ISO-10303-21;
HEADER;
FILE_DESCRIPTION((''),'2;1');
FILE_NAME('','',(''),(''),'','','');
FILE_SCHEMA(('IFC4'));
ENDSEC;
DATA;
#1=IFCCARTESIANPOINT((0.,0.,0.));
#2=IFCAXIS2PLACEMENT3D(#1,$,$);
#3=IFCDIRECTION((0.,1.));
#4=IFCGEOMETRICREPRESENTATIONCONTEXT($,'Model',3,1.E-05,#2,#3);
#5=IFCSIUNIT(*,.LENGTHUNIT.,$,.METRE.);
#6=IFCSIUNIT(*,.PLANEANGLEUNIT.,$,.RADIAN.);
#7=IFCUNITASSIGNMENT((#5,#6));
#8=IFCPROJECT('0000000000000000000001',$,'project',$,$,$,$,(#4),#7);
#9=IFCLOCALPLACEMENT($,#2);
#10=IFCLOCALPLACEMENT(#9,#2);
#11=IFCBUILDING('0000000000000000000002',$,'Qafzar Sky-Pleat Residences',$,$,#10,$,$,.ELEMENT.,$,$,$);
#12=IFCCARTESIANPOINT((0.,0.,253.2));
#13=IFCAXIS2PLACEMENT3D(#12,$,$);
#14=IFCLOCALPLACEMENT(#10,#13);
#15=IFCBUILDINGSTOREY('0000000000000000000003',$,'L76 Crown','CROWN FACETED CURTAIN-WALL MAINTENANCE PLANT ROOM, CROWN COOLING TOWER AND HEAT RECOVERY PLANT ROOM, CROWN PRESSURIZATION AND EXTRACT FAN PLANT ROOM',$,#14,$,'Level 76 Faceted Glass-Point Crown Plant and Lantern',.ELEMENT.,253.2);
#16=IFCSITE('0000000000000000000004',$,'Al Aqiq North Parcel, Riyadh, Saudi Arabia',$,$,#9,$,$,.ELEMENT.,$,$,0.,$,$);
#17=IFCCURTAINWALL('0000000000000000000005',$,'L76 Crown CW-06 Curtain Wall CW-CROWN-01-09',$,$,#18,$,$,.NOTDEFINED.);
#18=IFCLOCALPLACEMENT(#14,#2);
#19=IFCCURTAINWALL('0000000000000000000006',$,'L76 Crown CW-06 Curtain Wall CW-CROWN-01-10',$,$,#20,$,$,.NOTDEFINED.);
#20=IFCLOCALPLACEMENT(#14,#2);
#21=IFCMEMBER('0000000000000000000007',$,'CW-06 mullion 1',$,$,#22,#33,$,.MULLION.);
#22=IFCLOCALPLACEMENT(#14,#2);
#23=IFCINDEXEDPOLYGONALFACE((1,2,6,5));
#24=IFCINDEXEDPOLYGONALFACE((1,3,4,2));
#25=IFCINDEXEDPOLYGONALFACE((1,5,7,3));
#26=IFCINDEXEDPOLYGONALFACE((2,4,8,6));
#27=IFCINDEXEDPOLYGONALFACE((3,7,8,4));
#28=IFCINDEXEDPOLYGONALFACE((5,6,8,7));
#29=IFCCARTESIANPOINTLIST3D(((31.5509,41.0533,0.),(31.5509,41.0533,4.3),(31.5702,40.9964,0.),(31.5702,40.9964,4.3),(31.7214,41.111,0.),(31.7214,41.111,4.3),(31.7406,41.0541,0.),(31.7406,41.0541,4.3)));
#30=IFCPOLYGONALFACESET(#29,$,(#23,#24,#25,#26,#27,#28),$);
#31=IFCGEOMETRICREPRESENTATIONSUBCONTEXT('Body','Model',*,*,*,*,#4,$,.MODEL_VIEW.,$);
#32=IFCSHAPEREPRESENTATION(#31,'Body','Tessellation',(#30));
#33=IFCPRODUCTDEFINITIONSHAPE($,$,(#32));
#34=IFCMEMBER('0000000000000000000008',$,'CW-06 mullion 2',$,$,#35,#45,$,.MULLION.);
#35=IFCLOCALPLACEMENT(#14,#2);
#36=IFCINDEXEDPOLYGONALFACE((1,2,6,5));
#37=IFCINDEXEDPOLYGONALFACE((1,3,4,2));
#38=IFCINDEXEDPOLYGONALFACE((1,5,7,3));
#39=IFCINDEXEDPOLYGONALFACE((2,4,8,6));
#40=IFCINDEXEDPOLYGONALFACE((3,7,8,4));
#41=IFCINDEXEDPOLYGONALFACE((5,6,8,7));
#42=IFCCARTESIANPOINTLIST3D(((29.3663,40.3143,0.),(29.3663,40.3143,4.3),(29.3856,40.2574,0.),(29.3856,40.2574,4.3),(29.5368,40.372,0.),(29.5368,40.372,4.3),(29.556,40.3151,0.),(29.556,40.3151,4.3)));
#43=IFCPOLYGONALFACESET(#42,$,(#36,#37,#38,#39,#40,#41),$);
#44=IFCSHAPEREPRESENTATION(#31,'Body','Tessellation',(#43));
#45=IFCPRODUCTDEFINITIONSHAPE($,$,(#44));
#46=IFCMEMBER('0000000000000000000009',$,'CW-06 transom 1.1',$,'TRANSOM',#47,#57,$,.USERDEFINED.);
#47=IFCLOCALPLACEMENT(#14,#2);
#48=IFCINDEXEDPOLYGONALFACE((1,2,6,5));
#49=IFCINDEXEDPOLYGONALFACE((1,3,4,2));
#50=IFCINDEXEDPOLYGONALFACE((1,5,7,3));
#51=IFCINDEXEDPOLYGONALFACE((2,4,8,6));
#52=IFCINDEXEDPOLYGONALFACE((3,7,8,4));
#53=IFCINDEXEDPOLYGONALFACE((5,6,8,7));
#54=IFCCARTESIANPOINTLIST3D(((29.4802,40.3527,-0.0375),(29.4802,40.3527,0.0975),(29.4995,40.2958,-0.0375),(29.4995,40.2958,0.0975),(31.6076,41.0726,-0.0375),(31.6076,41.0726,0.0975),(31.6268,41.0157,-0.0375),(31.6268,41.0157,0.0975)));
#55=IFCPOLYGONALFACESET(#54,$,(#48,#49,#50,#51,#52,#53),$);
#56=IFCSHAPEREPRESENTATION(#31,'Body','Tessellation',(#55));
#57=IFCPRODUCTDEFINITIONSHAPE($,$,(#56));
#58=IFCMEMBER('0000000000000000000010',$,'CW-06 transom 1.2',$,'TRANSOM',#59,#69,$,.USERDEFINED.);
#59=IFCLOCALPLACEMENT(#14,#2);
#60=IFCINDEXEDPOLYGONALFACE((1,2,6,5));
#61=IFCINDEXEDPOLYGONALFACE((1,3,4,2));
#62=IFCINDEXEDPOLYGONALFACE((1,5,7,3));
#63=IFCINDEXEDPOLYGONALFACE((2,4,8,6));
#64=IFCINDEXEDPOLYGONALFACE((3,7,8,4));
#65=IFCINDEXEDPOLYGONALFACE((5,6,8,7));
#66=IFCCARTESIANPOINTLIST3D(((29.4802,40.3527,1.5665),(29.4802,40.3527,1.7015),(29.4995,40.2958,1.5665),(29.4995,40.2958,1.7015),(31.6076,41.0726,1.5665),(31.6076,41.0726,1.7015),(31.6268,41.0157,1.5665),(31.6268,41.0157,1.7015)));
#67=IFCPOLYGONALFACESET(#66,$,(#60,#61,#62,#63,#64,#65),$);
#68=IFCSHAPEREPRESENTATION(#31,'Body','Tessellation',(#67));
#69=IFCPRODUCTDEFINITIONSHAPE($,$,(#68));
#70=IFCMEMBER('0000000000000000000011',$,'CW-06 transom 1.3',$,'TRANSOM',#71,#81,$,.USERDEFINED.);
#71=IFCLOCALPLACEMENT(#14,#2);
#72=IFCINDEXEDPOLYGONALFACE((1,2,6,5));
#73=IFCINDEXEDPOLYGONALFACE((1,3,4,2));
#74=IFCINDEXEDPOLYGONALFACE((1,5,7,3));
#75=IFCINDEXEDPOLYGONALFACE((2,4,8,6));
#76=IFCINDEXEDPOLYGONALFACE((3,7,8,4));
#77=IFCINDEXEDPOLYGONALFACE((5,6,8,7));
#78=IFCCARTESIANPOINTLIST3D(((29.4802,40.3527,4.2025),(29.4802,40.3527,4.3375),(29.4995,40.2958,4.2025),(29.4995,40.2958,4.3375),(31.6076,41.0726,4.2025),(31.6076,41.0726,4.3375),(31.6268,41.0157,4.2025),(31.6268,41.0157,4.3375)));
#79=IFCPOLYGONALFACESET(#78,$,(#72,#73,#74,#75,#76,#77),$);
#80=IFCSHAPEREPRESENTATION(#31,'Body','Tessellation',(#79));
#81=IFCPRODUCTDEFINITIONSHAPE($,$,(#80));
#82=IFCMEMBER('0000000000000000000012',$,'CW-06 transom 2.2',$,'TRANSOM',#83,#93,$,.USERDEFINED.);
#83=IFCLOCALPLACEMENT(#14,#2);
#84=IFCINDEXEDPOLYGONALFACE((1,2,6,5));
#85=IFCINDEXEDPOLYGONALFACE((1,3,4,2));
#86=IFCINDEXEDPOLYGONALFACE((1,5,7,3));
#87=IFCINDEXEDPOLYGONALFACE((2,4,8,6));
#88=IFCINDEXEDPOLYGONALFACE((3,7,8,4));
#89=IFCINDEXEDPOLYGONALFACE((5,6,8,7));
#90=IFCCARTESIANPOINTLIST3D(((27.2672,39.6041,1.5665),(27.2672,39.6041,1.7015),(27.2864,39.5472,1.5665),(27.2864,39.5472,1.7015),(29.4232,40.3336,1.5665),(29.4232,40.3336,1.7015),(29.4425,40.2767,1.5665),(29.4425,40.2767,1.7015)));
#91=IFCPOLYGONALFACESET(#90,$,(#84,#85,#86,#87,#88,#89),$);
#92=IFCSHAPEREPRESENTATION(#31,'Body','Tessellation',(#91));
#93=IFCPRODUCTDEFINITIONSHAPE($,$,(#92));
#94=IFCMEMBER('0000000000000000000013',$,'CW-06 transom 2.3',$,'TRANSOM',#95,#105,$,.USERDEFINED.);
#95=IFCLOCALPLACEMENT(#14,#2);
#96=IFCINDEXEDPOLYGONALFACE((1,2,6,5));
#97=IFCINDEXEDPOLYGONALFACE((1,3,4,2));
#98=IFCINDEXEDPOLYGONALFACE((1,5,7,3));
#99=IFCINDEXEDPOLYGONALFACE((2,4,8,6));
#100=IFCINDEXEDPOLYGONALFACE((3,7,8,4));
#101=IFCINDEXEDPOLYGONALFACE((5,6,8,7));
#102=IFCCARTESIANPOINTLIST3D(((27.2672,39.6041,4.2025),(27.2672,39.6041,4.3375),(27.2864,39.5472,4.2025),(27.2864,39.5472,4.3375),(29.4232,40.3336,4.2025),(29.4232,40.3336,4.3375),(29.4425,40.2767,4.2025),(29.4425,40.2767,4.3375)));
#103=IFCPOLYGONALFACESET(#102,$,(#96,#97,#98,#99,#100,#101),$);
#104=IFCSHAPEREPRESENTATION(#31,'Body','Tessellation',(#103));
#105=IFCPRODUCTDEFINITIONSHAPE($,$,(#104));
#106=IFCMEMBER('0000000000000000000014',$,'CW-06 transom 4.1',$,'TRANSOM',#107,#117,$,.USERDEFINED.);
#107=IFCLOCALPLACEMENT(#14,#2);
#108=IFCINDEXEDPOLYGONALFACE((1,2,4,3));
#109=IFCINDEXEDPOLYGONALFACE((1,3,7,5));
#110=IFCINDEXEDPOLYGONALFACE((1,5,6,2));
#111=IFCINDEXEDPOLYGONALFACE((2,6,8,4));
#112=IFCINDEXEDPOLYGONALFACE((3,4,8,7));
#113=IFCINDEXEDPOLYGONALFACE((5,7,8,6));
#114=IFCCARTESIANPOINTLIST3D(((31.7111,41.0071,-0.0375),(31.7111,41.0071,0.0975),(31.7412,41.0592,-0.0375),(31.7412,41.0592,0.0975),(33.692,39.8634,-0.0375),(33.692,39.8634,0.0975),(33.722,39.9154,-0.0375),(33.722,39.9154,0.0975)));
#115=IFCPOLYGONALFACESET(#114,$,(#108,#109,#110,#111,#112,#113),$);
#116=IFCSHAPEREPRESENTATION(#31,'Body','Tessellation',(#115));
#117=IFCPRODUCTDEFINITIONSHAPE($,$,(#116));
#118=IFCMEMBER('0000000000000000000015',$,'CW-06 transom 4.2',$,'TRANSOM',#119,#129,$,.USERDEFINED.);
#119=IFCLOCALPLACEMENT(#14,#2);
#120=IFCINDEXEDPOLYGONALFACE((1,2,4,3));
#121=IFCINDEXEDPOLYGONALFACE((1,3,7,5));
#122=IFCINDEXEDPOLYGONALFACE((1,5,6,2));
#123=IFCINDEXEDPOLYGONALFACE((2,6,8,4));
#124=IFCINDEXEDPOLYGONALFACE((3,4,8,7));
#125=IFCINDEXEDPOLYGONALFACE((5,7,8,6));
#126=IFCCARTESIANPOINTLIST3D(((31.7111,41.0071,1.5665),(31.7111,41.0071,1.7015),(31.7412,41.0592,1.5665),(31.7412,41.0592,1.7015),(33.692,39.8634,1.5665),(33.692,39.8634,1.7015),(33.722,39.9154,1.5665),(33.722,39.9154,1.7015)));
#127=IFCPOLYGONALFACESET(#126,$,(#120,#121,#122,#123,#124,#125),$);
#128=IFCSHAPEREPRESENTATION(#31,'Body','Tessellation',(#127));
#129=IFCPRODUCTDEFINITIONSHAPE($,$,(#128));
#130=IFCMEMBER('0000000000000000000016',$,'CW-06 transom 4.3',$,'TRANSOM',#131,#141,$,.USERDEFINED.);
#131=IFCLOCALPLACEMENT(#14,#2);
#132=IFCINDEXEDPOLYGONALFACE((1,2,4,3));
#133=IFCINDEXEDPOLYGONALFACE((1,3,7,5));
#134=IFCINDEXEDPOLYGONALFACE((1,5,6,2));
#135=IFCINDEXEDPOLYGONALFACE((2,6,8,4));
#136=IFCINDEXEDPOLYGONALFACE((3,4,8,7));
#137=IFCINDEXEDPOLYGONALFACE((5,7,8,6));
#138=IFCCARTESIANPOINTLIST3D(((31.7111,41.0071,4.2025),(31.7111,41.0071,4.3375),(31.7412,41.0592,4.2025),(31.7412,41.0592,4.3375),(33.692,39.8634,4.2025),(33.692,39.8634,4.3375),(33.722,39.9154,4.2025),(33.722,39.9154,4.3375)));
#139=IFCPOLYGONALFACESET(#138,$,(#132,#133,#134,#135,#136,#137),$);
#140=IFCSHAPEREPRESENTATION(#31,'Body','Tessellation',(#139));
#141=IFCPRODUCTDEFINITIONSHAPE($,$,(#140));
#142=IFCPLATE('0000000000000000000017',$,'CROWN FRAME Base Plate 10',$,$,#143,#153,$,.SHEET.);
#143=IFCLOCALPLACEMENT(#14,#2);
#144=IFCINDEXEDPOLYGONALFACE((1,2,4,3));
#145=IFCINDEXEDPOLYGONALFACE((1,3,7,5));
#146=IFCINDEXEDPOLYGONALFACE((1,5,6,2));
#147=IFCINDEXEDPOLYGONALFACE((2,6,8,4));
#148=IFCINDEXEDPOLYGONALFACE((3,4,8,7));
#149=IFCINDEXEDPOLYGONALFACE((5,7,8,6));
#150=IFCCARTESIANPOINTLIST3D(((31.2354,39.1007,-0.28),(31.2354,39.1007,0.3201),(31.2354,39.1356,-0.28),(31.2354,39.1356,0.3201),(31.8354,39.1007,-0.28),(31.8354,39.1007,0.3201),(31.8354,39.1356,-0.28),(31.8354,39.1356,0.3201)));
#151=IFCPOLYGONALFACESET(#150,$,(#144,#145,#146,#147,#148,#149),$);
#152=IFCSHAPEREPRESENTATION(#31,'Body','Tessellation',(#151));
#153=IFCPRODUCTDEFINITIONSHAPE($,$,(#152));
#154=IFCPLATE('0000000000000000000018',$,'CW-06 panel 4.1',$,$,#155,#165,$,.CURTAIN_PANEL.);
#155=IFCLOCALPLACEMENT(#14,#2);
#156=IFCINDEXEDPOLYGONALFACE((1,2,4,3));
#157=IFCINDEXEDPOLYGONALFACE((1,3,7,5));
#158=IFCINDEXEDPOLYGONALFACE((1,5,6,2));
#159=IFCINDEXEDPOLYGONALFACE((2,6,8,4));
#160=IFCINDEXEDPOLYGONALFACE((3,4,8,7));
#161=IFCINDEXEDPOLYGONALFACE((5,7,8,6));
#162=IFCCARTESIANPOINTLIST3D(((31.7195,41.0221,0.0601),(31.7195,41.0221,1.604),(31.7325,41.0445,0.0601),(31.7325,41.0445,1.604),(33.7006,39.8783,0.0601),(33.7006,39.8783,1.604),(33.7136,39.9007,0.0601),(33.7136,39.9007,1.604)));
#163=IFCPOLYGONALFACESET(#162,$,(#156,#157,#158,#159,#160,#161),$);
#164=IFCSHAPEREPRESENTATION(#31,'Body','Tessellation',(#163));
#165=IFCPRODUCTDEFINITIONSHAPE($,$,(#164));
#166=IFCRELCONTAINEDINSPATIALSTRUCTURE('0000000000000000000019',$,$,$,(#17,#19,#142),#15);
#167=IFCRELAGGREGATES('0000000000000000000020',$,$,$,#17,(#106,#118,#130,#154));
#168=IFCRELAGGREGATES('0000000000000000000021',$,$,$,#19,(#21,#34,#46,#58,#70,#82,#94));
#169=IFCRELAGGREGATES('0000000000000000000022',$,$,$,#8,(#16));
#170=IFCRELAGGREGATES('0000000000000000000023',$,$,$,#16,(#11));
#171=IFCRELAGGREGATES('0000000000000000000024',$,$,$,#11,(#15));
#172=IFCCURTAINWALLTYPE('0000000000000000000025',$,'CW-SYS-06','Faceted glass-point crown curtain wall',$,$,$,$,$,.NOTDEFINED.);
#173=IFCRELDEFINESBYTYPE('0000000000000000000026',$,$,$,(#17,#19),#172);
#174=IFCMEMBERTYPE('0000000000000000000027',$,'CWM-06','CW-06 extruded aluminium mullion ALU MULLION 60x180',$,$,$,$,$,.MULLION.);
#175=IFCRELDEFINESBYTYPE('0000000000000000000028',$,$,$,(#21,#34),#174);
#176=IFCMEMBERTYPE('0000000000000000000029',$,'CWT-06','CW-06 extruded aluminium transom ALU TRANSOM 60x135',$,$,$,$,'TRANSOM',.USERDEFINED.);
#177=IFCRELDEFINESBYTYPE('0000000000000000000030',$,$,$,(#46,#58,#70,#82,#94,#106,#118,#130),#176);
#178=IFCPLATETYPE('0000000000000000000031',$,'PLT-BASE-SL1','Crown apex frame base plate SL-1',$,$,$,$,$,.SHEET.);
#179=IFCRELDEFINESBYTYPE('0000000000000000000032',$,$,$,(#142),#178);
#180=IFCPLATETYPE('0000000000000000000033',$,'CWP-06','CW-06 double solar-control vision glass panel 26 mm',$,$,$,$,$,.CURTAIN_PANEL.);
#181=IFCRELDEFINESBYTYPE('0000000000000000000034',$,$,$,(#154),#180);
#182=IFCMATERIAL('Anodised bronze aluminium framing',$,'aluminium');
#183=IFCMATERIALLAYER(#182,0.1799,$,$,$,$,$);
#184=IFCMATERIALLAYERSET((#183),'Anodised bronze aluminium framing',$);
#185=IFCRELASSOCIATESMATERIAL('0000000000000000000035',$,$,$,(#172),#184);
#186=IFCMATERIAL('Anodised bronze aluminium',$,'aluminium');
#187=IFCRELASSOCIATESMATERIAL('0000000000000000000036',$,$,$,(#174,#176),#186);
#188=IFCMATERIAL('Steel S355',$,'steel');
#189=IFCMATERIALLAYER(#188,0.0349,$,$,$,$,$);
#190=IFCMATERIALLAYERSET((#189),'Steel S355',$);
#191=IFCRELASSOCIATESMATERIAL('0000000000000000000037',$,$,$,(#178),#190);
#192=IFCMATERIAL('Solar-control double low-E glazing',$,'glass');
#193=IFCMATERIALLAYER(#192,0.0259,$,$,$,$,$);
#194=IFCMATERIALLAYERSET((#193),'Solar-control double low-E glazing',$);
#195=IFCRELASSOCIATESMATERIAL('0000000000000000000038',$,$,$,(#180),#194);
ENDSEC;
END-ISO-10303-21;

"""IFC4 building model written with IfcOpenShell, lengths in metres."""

from ifc_helpers import new_model, si_unit, direction, frame, origin, origin_2d, place, context, subcontext, project, spatial, rectangle, extrude, source, transform, mapped, material, layer, layer_set, material_profile, profile_set, type_object, element, aggregate, save


model = new_model("IFC4")

# Units and contexts
model_context = context("Model", 3, precision=1e-05, world=origin(), true_north=direction((0.0, 1.0)))
body_context = subcontext(model_context, "Body", "Model", "MODEL_VIEW")
ifc_project = project(units=[si_unit("LENGTHUNIT", "METRE"), si_unit("PLANEANGLEUNIT", "RADIAN")], contexts=[model_context])

# Site, building, storey
site_placement = place(None, origin())
site = spatial("IfcSite", under=ifc_project, at=site_placement, Name="Al Aqiq North Parcel, Riyadh, Saudi Arabia", CompositionType="ELEMENT", RefElevation=0.0)
building_placement = place(site_placement, origin())
building = spatial("IfcBuilding", under=site, at=building_placement, Name="Qafzar Sky-Pleat Residences", CompositionType="ELEMENT")
storey_placement = place(building_placement, frame((0.0, 0.0, 253.2)))
storey = spatial("IfcBuildingStorey", under=building, at=storey_placement, Name="L76 Crown", Description="CROWN FACETED CURTAIN-WALL MAINTENANCE PLANT ROOM, CROWN COOLING TOWER AND HEAT RECOVERY PLANT ROOM, CROWN PRESSURIZATION AND EXTRACT FAN PLANT ROOM", LongName="Level 76 Faceted Glass-Point Crown Plant and Lantern", CompositionType="ELEMENT", Elevation=253.2)

# Shared definitions
ifc_material_1 = material(Name="Steel S355", Category="steel")

# Curtain walls, members
ifc_material_2 = material(Name="Anodised bronze aluminium framing", Category="aluminium")
ifc_layer_1 = layer(ifc_material_2, 0.1799)
ifc_layer_set_1 = layer_set([ifc_layer_1], Name="Anodised bronze aluminium framing")
curtain_wall_type = type_object("IfcCurtainWallType", Name="CW-SYS-06", Description="Faceted glass-point crown curtain wall", PredefinedType="NOTDEFINED", material=ifc_layer_set_1)
curtain_wall_1_placement = place(storey_placement, origin())
curtain_wall_1 = element("IfcCurtainWall", 1, at=curtain_wall_1_placement, inside=storey, type_object=curtain_wall_type, Name="L76 Crown CW-06 Curtain Wall CW-CROWN-01-09", PredefinedType="NOTDEFINED")
ifc_material_3 = material(Name="Anodised bronze aluminium", Category="aluminium")
ifc_material_profile_1 = material_profile(ifc_material_3, rectangle(XDim=0.0601, YDim=0.1799, at=origin_2d()), Name="ALU MULLION 60x180")
ifc_profile_set_1 = profile_set([ifc_material_profile_1], Name="Anodised bronze aluminium")
member_type_1 = type_object("IfcMemberType", Name="CWM-06", Description="CW-06 extruded aluminium mullion ALU MULLION 60x180", PredefinedType="MULLION", material=ifc_profile_set_1)
shared_shape_1 = source(origin(), body_context, "Body", "SweptSolid", [
    extrude(rectangle(XDim=0.0601, YDim=0.1799, at=origin_2d()), origin(), (0.0, 0.0, 1.0), 4.3),
])
curtain_wall_2_placement = place(storey_placement, origin())
curtain_wall_2 = element("IfcCurtainWall", 2, at=curtain_wall_2_placement, inside=storey, type_object=curtain_wall_type, Name="L76 Crown CW-06 Curtain Wall CW-CROWN-01-10", PredefinedType="NOTDEFINED")
member_1_placement = place(storey_placement, frame((31.6458, 41.0537, 0.0), z_axis=(0.0, 0.0, 1.0), x_axis=(0.320454, -0.947264, 0.0)))
member_1 = element("IfcMember", 3, at=member_1_placement, type_object=member_type_1, Name="CW-06 mullion 1", PredefinedType="MULLION", context=body_context, shape_type="MappedRepresentation", body=[
    mapped(shared_shape_1, transform((0.0, 0.0, 0.0), x_axis=(1.0, 0.0, 0.0), y_axis=(0.0, 1.0, 0.0), z_axis=(0.0, 0.0, 1.0), scale=1.0)),
])
member_2_placement = place(storey_placement, frame((29.4612, 40.3147, 0.0), z_axis=(0.0, 0.0, 1.0), x_axis=(0.320454, -0.947264, 0.0)))
member_2 = element("IfcMember", 4, at=member_2_placement, type_object=member_type_1, Name="CW-06 mullion 2", PredefinedType="MULLION", context=body_context, shape_type="MappedRepresentation", body=[
    mapped(shared_shape_1, transform((0.0, 0.0, 0.0), x_axis=(1.0, 0.0, 0.0), y_axis=(0.0, 1.0, 0.0), z_axis=(0.0, 0.0, 1.0), scale=1.0)),
])
ifc_material_profile_2 = material_profile(ifc_material_3, rectangle(XDim=0.0601, YDim=0.135, at=origin_2d()), Name="ALU TRANSOM 60x135")
ifc_profile_set_2 = profile_set([ifc_material_profile_2], Name="Anodised bronze aluminium")
member_type_2 = type_object("IfcMemberType", Name="CWT-06", Description="CW-06 extruded aluminium transom ALU TRANSOM 60x135", ElementType="TRANSOM", PredefinedType="USERDEFINED", material=ifc_profile_set_2)
shared_shape_2 = source(origin(), body_context, "Body", "SweptSolid", [
    extrude(rectangle(XDim=0.0601, YDim=0.135, at=origin_2d()), origin(), (0.0, 0.0, 1.0), 2.2458),
])
member_3_placement = place(storey_placement, frame((31.6172, 41.0442, 0.03), z_axis=(-0.947228, -0.320562, 0.0), x_axis=(0.320562, -0.947228, 0.0)))
member_3 = element("IfcMember", 5, at=member_3_placement, type_object=member_type_2, Name="CW-06 transom 1.1", ObjectType="TRANSOM", PredefinedType="USERDEFINED", context=body_context, shape_type="MappedRepresentation", body=[
    mapped(shared_shape_2, transform((0.0, 0.0, 0.0), x_axis=(1.0, 0.0, 0.0), y_axis=(0.0, 1.0, 0.0), z_axis=(0.0, 0.0, 1.0), scale=1.0)),
])
member_4_placement = place(storey_placement, frame((31.6172, 41.0442, 1.634), z_axis=(-0.947228, -0.320562, 0.0), x_axis=(0.320562, -0.947228, 0.0)))
member_4 = element("IfcMember", 6, at=member_4_placement, type_object=member_type_2, Name="CW-06 transom 1.2", ObjectType="TRANSOM", PredefinedType="USERDEFINED", context=body_context, shape_type="MappedRepresentation", body=[
    mapped(shared_shape_2, transform((0.0, 0.0, 0.0), x_axis=(1.0, 0.0, 0.0), y_axis=(0.0, 1.0, 0.0), z_axis=(0.0, 0.0, 1.0), scale=1.0)),
])
member_5_placement = place(storey_placement, frame((31.6172, 41.0442, 4.27), z_axis=(-0.947228, -0.320562, 0.0), x_axis=(0.320562, -0.947228, 0.0)))
member_5 = element("IfcMember", 7, at=member_5_placement, type_object=member_type_2, Name="CW-06 transom 1.3", ObjectType="TRANSOM", PredefinedType="USERDEFINED", context=body_context, shape_type="MappedRepresentation", body=[
    mapped(shared_shape_2, transform((0.0, 0.0, 0.0), x_axis=(1.0, 0.0, 0.0), y_axis=(0.0, 1.0, 0.0), z_axis=(0.0, 0.0, 1.0), scale=1.0)),
])
shared_shape_3 = source(origin(), body_context, "Body", "SweptSolid", [
    extrude(rectangle(XDim=0.0601, YDim=0.135, at=origin_2d()), origin(), (0.0, 0.0, 1.0), 2.2761),
])
member_6_placement = place(storey_placement, frame((29.4329, 40.3052, 1.634), z_axis=(-0.947247, -0.320504, 0.0), x_axis=(0.320504, -0.947247, 0.0)))
member_6 = element("IfcMember", 8, at=member_6_placement, type_object=member_type_2, Name="CW-06 transom 2.2", ObjectType="TRANSOM", PredefinedType="USERDEFINED", context=body_context, shape_type="MappedRepresentation", body=[
    mapped(shared_shape_3, transform((0.0, 0.0, 0.0), x_axis=(1.0, 0.0, 0.0), y_axis=(0.0, 1.0, 0.0), z_axis=(0.0, 0.0, 1.0), scale=1.0)),
])
member_7_placement = place(storey_placement, frame((29.4329, 40.3052, 4.27), z_axis=(-0.947247, -0.320504, 0.0), x_axis=(0.320504, -0.947247, 0.0)))
member_7 = element("IfcMember", 9, at=member_7_placement, type_object=member_type_2, Name="CW-06 transom 2.3", ObjectType="TRANSOM", PredefinedType="USERDEFINED", context=body_context, shape_type="MappedRepresentation", body=[
    mapped(shared_shape_3, transform((0.0, 0.0, 0.0), x_axis=(1.0, 0.0, 0.0), y_axis=(0.0, 1.0, 0.0), z_axis=(0.0, 0.0, 1.0), scale=1.0)),
])

# Members
shared_shape_4 = source(origin(), body_context, "Body", "SweptSolid", [
    extrude(rectangle(XDim=0.0601, YDim=0.135, at=origin_2d()), origin(), (0.0, 0.0, 1.0), 2.2874),
])
member_8_placement = place(storey_placement, frame((33.707, 39.8894, 0.03), z_axis=(-0.866008, 0.50003, 0.0), x_axis=(-0.50003, -0.866008, 0.0)))
member_8 = element("IfcMember", 10, at=member_8_placement, type_object=member_type_2, Name="CW-06 transom 4.1", ObjectType="TRANSOM", PredefinedType="USERDEFINED", context=body_context, shape_type="MappedRepresentation", body=[
    mapped(shared_shape_4, transform((0.0, 0.0, 0.0), x_axis=(1.0, 0.0, 0.0), y_axis=(0.0, 1.0, 0.0), z_axis=(0.0, 0.0, 1.0), scale=1.0)),
])
member_9_placement = place(storey_placement, frame((33.707, 39.8894, 1.634), z_axis=(-0.866008, 0.50003, 0.0), x_axis=(-0.50003, -0.866008, 0.0)))
member_9 = element("IfcMember", 11, at=member_9_placement, type_object=member_type_2, Name="CW-06 transom 4.2", ObjectType="TRANSOM", PredefinedType="USERDEFINED", context=body_context, shape_type="MappedRepresentation", body=[
    mapped(shared_shape_4, transform((0.0, 0.0, 0.0), x_axis=(1.0, 0.0, 0.0), y_axis=(0.0, 1.0, 0.0), z_axis=(0.0, 0.0, 1.0), scale=1.0)),
])
member_10_placement = place(storey_placement, frame((33.707, 39.8894, 4.27), z_axis=(-0.866008, 0.50003, 0.0), x_axis=(-0.50003, -0.866008, 0.0)))
member_10 = element("IfcMember", 12, at=member_10_placement, type_object=member_type_2, Name="CW-06 transom 4.3", ObjectType="TRANSOM", PredefinedType="USERDEFINED", context=body_context, shape_type="MappedRepresentation", body=[
    mapped(shared_shape_4, transform((0.0, 0.0, 0.0), x_axis=(1.0, 0.0, 0.0), y_axis=(0.0, 1.0, 0.0), z_axis=(0.0, 0.0, 1.0), scale=1.0)),
])

# Plates
ifc_layer_2 = layer(ifc_material_1, 0.0349)
ifc_layer_set_2 = layer_set([ifc_layer_2], Name="Steel S355")
plate_type_1 = type_object("IfcPlateType", Name="PLT-BASE-SL1", Description="Crown apex frame base plate SL-1", PredefinedType="SHEET", material=ifc_layer_set_2)
shared_shape_5 = source(origin(), body_context, "Body", "SweptSolid", [
    extrude(rectangle(XDim=0.6001, YDim=0.0349, at=origin_2d()), origin(), (0.0, 0.0, 1.0), 0.6001),
])
plate_1_placement = place(storey_placement, frame((31.5354, 39.1182, -0.28), z_axis=(0.0, 0.0, 1.0), x_axis=(1.0, 0.0, 0.0)))
element("IfcPlate", 13, at=plate_1_placement, inside=storey, type_object=plate_type_1, Name="CROWN FRAME Base Plate 10", PredefinedType="SHEET", context=body_context, shape_type="MappedRepresentation", body=[
    mapped(shared_shape_5, transform((0.0, 0.0, 0.0), x_axis=(1.0, 0.0, 0.0), y_axis=(0.0, 1.0, 0.0), z_axis=(0.0, 0.0, 1.0), scale=1.0)),
])
ifc_material_4 = material(Name="Solar-control double low-E glazing", Category="glass")
ifc_layer_3 = layer(ifc_material_4, 0.0259)
ifc_layer_set_3 = layer_set([ifc_layer_3], Name="Solar-control double low-E glazing")
plate_type_2 = type_object("IfcPlateType", Name="CWP-06", Description="CW-06 double solar-control vision glass panel 26 mm", PredefinedType="CURTAIN_PANEL", material=ifc_layer_set_3)
shared_shape_6 = source(origin(), body_context, "Body", "SweptSolid", [
    extrude(rectangle(XDim=2.2876, YDim=0.0259, at=origin_2d()), origin(), (0.0, 0.0, 1.0), 1.5439),
])
plate_2_placement = place(storey_placement, frame((32.7166, 40.4614, 0.0601), z_axis=(0.0, 0.0, 1.0), x_axis=(-0.866023, 0.500003, 0.0)))
plate_2 = element("IfcPlate", 14, at=plate_2_placement, type_object=plate_type_2, Name="CW-06 panel 4.1", PredefinedType="CURTAIN_PANEL", context=body_context, shape_type="MappedRepresentation", body=[
    mapped(shared_shape_6, transform((0.0, 0.0, 0.0), x_axis=(1.0, 0.0, 0.0), y_axis=(0.0, 1.0, 0.0), z_axis=(0.0, 0.0, 1.0), scale=1.0)),
])
aggregate(curtain_wall_1, [member_8, member_9, member_10, plate_2])
aggregate(curtain_wall_2, [member_1, member_2, member_3, member_4, member_5, member_6, member_7])

save(model, "model.ifc")
